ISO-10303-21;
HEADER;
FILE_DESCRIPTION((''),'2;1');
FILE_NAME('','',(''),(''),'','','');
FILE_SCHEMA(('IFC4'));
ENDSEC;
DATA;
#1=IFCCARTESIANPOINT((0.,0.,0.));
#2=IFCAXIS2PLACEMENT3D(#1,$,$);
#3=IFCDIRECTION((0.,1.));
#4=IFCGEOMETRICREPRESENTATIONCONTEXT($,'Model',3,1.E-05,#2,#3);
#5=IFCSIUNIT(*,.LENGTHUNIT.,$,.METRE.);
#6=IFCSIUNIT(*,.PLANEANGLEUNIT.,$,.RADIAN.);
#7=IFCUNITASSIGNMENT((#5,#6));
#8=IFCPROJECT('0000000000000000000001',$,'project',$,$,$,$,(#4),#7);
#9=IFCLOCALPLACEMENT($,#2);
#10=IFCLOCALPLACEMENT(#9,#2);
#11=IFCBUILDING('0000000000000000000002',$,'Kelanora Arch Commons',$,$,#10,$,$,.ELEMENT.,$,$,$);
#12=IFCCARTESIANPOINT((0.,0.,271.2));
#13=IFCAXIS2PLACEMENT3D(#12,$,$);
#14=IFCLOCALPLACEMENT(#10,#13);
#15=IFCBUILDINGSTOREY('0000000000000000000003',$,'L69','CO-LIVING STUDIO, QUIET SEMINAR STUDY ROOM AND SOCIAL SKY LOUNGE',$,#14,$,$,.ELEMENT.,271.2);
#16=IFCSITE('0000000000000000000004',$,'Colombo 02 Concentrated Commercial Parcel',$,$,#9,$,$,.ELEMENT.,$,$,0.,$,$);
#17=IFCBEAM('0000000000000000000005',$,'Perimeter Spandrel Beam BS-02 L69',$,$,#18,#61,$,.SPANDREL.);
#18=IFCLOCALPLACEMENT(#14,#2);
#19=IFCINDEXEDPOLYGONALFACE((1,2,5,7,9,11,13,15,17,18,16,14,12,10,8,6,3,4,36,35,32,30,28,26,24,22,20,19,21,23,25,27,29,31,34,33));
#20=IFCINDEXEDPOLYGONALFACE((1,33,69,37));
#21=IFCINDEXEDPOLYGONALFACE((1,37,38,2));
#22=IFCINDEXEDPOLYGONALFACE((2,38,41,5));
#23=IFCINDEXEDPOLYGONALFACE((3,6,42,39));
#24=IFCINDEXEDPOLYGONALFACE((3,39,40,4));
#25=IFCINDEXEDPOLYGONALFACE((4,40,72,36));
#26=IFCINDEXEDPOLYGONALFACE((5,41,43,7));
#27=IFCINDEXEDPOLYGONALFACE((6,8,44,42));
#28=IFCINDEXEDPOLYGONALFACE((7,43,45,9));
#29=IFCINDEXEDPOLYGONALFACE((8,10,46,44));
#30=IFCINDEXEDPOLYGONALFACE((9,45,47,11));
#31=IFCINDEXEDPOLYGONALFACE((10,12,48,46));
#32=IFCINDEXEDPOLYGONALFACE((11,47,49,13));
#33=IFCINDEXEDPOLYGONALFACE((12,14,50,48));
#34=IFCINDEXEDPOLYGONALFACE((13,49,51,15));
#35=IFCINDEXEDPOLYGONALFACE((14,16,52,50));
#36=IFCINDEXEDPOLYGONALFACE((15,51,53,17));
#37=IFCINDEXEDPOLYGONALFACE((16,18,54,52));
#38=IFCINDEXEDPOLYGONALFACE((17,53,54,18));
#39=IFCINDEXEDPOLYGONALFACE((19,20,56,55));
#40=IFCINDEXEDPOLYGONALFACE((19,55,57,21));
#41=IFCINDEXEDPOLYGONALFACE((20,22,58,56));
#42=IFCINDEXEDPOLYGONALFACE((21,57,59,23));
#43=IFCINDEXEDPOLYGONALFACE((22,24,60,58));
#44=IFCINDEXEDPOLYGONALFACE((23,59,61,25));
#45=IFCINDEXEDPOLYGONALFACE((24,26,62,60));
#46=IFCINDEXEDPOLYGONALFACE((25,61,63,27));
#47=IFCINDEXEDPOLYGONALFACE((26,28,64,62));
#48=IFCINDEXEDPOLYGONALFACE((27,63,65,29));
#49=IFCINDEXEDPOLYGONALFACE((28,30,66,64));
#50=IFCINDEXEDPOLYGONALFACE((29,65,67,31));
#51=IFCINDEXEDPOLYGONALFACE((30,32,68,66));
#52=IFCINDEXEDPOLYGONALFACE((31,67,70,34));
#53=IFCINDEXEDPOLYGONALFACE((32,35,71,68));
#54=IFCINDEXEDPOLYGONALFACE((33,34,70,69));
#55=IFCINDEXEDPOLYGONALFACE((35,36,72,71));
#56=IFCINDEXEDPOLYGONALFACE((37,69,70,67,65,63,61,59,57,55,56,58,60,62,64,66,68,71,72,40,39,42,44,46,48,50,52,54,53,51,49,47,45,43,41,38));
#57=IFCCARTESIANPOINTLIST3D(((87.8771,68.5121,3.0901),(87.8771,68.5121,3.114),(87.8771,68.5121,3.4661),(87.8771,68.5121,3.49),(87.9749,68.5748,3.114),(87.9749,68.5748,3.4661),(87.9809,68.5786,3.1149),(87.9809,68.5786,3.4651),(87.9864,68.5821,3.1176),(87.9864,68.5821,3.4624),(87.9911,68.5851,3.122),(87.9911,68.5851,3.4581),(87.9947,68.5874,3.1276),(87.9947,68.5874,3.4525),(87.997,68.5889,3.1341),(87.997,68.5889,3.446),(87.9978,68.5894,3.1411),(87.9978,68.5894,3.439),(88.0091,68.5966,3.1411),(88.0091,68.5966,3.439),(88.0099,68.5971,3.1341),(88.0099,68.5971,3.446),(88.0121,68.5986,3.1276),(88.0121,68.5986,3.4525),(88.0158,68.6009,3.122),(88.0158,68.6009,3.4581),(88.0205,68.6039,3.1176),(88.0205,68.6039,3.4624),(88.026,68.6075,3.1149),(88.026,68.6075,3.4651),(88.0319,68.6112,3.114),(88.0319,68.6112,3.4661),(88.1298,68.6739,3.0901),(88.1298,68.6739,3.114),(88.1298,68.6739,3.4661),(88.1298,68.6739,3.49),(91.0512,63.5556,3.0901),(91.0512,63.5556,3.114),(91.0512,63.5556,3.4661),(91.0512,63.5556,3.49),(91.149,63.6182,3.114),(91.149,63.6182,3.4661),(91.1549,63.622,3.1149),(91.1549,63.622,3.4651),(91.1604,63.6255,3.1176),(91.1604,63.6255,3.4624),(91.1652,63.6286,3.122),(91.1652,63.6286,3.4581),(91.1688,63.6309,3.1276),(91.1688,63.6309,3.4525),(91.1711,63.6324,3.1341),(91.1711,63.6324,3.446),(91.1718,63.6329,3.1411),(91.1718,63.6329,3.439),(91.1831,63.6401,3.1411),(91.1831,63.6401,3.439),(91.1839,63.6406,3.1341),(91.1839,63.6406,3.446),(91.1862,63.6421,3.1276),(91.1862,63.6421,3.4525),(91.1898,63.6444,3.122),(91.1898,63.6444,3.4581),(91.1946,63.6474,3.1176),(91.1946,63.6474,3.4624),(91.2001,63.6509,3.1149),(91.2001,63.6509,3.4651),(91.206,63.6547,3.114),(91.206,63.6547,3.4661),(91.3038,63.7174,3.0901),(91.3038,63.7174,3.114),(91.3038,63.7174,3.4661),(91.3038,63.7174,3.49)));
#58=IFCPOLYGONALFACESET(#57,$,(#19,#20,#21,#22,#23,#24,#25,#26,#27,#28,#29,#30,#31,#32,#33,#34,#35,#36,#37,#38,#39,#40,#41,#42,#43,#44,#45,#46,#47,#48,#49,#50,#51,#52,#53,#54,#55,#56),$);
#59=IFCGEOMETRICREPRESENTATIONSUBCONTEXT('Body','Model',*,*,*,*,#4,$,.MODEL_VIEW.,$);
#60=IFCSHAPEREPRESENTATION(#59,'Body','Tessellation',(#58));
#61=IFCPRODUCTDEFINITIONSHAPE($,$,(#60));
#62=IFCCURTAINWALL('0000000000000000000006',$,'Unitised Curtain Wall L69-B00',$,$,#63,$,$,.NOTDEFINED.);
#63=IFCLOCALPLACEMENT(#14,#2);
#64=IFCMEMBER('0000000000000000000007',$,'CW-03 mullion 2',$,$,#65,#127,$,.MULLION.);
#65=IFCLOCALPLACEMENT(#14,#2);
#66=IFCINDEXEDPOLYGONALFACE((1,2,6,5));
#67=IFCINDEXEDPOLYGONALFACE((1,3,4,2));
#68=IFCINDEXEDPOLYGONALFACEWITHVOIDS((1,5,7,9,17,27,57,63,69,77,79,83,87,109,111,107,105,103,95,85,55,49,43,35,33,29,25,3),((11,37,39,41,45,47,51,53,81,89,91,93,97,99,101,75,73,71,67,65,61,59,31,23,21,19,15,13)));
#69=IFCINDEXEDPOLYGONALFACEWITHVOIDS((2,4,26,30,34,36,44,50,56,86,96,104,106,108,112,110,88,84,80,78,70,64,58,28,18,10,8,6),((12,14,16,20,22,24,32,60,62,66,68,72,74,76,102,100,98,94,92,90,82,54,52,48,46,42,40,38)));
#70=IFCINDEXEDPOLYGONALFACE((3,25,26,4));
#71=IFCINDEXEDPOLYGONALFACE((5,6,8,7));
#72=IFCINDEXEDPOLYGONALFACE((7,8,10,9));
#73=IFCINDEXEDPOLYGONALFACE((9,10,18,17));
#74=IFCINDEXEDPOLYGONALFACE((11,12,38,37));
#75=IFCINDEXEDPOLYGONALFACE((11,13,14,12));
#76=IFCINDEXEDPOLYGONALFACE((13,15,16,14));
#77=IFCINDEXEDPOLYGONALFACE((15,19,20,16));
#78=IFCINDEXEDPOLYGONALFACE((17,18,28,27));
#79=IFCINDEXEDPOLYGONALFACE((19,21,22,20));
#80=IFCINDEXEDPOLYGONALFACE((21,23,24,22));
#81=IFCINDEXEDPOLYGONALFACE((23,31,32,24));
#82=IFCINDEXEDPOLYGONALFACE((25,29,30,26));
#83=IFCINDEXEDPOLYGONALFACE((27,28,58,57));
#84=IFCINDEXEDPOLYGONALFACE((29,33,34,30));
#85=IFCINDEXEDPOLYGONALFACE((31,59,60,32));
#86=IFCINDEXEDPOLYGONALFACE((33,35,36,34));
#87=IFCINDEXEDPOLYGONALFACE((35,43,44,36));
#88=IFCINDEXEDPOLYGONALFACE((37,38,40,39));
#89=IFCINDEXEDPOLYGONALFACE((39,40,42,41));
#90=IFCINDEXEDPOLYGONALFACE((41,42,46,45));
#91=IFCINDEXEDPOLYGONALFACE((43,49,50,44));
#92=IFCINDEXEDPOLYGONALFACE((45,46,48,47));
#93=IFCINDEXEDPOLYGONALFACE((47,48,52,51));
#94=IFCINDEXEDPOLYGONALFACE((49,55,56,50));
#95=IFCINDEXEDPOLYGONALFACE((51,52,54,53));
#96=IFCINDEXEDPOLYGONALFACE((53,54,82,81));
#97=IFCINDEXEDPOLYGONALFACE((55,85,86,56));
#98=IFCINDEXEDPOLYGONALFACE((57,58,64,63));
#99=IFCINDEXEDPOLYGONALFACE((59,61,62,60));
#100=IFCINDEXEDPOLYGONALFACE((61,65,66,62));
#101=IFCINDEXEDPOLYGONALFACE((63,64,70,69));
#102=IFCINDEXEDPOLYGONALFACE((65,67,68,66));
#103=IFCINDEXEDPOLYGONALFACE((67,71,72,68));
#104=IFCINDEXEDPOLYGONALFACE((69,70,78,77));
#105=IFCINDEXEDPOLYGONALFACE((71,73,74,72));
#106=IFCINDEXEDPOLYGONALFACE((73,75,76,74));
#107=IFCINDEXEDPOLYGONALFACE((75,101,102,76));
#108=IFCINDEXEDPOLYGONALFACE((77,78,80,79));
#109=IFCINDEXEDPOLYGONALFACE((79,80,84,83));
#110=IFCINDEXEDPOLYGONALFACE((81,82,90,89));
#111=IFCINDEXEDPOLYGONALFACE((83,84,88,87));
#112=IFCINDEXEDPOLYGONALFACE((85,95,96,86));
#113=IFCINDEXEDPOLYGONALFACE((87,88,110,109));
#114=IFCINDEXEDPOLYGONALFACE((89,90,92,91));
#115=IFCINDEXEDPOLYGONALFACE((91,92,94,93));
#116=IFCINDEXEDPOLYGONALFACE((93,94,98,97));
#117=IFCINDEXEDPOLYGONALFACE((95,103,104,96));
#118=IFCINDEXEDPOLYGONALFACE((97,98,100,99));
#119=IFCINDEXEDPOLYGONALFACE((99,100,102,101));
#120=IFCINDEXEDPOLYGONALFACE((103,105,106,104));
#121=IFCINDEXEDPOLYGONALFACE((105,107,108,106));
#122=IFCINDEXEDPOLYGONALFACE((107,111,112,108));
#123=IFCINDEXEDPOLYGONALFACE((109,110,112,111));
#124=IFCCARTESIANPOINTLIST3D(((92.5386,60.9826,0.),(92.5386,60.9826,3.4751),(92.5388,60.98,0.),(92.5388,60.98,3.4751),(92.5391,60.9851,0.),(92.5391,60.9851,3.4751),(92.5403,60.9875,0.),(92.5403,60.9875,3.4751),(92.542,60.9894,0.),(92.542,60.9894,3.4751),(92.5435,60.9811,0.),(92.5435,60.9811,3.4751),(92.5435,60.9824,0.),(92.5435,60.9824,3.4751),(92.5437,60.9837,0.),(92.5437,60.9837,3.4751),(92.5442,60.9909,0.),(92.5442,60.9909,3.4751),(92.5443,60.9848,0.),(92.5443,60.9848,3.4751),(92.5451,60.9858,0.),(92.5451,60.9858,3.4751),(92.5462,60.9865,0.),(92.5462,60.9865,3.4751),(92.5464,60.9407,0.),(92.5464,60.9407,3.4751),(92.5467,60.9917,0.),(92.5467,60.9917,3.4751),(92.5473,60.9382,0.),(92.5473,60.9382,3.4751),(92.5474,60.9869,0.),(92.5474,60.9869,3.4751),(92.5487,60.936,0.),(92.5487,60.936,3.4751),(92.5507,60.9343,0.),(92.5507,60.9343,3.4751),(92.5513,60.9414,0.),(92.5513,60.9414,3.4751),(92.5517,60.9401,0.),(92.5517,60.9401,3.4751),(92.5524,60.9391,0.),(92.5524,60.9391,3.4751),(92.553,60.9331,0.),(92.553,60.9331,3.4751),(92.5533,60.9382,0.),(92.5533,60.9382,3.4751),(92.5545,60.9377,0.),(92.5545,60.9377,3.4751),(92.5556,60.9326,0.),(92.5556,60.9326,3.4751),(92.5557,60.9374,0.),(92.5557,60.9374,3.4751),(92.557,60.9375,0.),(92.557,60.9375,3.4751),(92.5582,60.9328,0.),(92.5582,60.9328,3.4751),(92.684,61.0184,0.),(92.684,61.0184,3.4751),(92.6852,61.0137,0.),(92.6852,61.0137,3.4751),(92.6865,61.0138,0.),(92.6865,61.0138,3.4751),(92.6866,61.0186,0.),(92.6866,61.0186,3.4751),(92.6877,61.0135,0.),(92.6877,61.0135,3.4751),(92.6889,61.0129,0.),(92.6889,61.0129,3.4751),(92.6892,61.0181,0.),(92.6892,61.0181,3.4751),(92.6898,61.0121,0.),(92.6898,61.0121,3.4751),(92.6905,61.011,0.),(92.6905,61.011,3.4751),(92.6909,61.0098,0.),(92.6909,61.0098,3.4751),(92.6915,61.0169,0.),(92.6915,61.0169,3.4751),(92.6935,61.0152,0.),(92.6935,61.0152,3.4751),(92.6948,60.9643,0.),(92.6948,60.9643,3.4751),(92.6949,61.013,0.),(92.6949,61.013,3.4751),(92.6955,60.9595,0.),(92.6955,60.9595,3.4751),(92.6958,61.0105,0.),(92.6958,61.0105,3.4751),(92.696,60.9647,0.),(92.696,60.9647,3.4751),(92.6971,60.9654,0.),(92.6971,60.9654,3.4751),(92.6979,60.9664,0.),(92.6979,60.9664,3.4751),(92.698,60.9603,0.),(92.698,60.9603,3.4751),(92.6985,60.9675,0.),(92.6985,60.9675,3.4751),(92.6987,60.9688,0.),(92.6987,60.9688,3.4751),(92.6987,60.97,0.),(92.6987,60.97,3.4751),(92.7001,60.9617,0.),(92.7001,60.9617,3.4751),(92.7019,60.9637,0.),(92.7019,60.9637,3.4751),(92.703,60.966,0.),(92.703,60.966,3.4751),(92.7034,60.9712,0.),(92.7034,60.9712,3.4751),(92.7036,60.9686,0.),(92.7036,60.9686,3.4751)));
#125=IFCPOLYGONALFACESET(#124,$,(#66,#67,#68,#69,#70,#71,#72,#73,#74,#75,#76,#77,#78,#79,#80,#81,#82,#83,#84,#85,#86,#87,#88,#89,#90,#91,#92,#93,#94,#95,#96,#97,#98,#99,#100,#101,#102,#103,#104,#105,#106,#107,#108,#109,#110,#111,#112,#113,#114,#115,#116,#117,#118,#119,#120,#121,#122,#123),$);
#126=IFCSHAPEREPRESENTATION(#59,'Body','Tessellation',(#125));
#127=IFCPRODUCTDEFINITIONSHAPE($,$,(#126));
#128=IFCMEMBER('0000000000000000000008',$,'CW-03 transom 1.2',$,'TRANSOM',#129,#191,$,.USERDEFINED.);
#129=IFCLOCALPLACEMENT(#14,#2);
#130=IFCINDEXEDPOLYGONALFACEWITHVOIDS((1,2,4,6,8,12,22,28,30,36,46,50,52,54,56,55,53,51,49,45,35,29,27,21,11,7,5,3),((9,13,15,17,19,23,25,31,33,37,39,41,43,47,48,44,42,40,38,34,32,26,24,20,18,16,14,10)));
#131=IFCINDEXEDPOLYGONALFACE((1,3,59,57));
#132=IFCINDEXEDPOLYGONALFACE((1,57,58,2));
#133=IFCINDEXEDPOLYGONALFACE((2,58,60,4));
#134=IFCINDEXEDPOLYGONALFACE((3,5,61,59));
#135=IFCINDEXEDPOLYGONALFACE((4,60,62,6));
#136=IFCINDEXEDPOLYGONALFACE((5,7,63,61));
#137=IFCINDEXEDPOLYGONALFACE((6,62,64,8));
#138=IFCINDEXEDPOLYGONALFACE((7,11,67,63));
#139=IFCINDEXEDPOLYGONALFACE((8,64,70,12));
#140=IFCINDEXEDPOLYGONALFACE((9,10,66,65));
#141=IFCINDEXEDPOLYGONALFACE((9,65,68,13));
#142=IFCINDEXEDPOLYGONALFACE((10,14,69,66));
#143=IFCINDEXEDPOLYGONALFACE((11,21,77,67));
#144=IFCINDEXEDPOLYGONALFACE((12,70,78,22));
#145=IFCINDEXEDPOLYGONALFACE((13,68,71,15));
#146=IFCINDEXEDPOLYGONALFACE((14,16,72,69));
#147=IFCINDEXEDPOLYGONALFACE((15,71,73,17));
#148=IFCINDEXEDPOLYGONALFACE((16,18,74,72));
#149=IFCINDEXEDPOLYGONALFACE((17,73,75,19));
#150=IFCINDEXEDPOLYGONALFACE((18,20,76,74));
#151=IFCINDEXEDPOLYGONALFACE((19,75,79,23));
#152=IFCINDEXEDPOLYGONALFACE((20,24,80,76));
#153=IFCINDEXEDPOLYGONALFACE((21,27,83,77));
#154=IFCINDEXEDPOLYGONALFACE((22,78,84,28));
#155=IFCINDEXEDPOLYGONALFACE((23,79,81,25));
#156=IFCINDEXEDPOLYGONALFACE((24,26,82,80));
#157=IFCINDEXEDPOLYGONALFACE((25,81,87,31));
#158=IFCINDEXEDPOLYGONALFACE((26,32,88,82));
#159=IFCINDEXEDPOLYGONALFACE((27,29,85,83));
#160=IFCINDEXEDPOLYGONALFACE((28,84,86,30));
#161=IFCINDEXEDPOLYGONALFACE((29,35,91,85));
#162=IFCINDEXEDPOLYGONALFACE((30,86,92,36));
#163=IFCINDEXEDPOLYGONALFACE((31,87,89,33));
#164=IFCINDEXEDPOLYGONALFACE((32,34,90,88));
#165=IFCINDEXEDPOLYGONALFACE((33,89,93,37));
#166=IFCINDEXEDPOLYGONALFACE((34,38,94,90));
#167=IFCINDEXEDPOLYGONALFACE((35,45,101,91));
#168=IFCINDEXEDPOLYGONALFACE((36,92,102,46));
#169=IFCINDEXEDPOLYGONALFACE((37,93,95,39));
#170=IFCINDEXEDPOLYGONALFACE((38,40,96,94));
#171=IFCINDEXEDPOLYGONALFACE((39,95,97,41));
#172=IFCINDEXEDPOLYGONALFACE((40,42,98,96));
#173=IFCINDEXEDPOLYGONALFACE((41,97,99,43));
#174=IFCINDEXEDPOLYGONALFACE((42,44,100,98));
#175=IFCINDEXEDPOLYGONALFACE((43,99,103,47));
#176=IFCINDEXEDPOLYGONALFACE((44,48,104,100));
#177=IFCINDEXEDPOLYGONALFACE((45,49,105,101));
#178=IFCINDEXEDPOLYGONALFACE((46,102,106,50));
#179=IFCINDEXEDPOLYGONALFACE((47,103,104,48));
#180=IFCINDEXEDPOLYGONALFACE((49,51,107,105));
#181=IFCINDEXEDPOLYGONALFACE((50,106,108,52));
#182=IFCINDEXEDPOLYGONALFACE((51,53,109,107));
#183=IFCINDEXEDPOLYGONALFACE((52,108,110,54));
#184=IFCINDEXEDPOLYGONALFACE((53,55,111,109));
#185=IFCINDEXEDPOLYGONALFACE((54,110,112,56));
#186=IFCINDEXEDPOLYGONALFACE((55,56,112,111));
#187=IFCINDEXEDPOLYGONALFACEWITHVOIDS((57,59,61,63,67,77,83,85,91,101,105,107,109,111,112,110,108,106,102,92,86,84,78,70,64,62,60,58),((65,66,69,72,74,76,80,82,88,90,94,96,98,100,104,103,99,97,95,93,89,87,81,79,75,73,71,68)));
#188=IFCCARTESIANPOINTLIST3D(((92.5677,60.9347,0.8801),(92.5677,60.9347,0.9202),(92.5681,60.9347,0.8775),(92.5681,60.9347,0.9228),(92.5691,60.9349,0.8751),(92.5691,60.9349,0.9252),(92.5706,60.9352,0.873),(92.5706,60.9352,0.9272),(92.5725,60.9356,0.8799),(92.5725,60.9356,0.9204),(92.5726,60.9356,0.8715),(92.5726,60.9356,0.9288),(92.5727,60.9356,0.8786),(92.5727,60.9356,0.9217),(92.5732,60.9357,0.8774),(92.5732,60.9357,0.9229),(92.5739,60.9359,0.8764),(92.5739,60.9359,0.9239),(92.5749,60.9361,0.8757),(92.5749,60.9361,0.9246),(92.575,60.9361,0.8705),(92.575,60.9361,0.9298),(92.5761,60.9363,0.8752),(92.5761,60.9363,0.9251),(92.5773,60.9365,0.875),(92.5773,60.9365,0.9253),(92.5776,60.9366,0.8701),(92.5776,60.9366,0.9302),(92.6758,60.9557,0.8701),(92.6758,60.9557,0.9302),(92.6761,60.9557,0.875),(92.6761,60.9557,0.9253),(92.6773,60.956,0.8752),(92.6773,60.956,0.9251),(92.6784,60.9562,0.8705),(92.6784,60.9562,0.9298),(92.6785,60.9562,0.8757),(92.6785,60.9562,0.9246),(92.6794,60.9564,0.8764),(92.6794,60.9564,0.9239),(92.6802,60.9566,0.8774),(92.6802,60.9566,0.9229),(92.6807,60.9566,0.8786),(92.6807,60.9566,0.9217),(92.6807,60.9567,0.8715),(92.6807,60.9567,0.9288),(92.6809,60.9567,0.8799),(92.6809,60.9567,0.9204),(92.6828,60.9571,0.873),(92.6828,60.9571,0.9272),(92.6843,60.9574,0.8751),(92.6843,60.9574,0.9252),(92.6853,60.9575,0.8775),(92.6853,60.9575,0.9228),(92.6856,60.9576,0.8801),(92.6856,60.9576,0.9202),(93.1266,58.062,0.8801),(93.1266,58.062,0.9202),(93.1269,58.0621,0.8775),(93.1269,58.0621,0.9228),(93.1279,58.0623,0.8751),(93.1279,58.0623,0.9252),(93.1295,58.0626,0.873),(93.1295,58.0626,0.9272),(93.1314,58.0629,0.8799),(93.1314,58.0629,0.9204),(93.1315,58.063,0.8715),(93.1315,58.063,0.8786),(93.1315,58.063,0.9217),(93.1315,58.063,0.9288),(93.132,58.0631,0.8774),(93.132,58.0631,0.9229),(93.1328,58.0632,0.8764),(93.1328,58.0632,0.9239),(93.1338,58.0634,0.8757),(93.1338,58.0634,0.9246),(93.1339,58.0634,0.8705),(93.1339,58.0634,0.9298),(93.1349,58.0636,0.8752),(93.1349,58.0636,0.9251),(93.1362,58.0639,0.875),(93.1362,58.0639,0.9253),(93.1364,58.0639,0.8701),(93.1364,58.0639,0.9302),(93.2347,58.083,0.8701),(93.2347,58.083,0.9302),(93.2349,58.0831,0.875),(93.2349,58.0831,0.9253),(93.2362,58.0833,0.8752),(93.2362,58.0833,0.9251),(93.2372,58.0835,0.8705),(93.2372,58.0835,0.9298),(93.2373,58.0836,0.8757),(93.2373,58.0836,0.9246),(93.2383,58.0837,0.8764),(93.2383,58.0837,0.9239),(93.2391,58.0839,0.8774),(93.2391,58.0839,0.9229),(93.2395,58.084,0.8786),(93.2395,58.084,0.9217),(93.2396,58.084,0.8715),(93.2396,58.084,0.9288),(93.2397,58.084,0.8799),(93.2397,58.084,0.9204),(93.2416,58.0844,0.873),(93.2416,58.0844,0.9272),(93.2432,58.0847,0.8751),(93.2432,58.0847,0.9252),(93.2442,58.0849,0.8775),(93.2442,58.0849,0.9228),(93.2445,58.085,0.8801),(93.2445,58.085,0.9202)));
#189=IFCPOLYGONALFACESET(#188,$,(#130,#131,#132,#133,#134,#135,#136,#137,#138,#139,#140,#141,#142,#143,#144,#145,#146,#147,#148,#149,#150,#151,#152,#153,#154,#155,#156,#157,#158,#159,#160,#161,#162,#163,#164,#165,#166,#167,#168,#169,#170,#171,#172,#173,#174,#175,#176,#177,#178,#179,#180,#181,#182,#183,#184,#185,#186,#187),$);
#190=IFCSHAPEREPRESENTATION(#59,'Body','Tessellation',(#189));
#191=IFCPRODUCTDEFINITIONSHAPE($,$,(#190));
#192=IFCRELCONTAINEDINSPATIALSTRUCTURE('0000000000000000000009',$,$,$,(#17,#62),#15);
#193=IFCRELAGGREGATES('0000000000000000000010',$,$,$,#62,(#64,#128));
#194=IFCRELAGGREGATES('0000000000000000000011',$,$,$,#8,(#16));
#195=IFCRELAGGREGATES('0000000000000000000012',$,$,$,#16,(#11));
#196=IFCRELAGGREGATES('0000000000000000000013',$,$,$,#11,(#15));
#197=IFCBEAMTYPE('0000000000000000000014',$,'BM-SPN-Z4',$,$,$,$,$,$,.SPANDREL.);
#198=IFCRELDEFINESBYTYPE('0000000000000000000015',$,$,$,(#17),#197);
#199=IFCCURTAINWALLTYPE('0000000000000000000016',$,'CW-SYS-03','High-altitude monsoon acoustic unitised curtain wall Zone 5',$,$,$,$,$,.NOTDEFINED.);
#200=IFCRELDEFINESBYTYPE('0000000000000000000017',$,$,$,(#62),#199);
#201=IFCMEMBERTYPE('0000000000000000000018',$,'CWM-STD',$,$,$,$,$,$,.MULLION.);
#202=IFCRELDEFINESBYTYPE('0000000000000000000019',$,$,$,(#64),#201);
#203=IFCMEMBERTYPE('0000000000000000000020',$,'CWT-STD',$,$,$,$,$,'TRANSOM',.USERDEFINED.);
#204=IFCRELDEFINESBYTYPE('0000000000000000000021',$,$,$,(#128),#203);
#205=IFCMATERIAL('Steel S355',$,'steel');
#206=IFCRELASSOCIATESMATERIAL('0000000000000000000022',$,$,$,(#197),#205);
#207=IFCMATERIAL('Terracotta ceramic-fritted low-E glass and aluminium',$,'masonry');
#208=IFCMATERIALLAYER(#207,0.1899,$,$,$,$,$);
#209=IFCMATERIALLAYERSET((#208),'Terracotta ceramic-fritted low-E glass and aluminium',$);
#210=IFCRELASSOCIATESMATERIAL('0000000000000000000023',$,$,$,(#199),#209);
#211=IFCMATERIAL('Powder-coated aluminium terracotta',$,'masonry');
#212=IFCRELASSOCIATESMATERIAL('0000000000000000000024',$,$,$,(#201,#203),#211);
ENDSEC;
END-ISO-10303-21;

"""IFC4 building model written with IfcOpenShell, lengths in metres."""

from ifc_helpers import new_model, si_unit, direction, frame, origin, origin_2d, place, context, subcontext, project, spatial, hollow_rectangle, i_section, extrude, material, layer, layer_set, material_profile, profile_set, type_object, element, aggregate, save


model = new_model("IFC4")

# Units and contexts
model_context = context("Model", 3, precision=1e-05, world=origin(), true_north=direction((0.0, 1.0)))
body_context = subcontext(model_context, "Body", "Model", "MODEL_VIEW")
ifc_project = project(units=[si_unit("LENGTHUNIT", "METRE"), si_unit("PLANEANGLEUNIT", "RADIAN")], contexts=[model_context])

# Site, building, storey
site_placement = place(None, origin())
site = spatial("IfcSite", under=ifc_project, at=site_placement, Name="Colombo 02 Concentrated Commercial Parcel", CompositionType="ELEMENT", RefElevation=0.0)
building_placement = place(site_placement, origin())
building = spatial("IfcBuilding", under=site, at=building_placement, Name="Kelanora Arch Commons", CompositionType="ELEMENT")
storey_placement = place(building_placement, frame((0.0, 0.0, 271.2)))
storey = spatial("IfcBuildingStorey", under=building, at=storey_placement, Name="L69", Description="CO-LIVING STUDIO, QUIET SEMINAR STUDY ROOM AND SOCIAL SKY LOUNGE", CompositionType="ELEMENT", Elevation=271.2)

# Beam
ifc_material_1 = material(Name="Steel S355", Category="steel")
ifc_material_profile_1 = material_profile(ifc_material_1, i_section(OverallWidth=0.3, OverallDepth=0.3999, WebThickness=0.0134, FlangeThickness=0.0239, FilletRadius=0.0271, at=origin_2d()), Name="HEB400")
ifc_profile_set_1 = profile_set([ifc_material_profile_1], Name="Steel S355")
beam_type_1 = type_object("IfcBeamType", Name="BM-SPN-Z4", PredefinedType="SPANDREL", material=ifc_profile_set_1)
beam_1_placement = place(storey_placement, frame((91.1775, 63.6365, 3.29), z_axis=(-0.539281, 0.842126, 0.0), x_axis=(-0.842126, -0.539281, 0.0)))
element("IfcBeam", 1, at=beam_1_placement, inside=storey, type_object=beam_type_1, Name="Perimeter Spandrel Beam BS-02 L69", PredefinedType="SPANDREL", context=body_context, shape_type="SweptSolid", body=[
    extrude(i_section(OverallWidth=0.3, OverallDepth=0.3999, WebThickness=0.0134, FlangeThickness=0.0239, FilletRadius=0.0271, at=origin_2d()), origin(), (0.0, 0.0, 1.0), 5.8857),
])

# Curtain wall, members
ifc_material_2 = material(Name="Terracotta ceramic-fritted low-E glass and aluminium", Category="masonry")
ifc_layer_1 = layer(ifc_material_2, 0.1899)
ifc_layer_set_1 = layer_set([ifc_layer_1], Name="Terracotta ceramic-fritted low-E glass and aluminium")
curtain_wall_type = type_object("IfcCurtainWallType", Name="CW-SYS-03", Description="High-altitude monsoon acoustic unitised curtain wall Zone 5", PredefinedType="NOTDEFINED", material=ifc_layer_set_1)
curtain_wall_placement = place(storey_placement, origin())
curtain_wall = element("IfcCurtainWall", 2, at=curtain_wall_placement, inside=storey, type_object=curtain_wall_type, Name="Unitised Curtain Wall L69-B00", PredefinedType="NOTDEFINED")
ifc_material_3 = material(Name="Powder-coated aluminium terracotta", Category="masonry")
ifc_material_profile_2 = material_profile(ifc_material_3, hollow_rectangle(XDim=0.1599, YDim=0.0601, WallThickness=0.0049, InnerFilletRadius=0.0049, OuterFilletRadius=0.01, at=origin_2d()), Name="CWM160x60")
ifc_profile_set_2 = profile_set([ifc_material_profile_2], Name="Powder-coated aluminium terracotta")
member_type_1 = type_object("IfcMemberType", Name="CWM-STD", PredefinedType="MULLION", material=ifc_profile_set_2)
member_1_placement = place(storey_placement, frame((92.6211, 60.9756, 0.0), z_axis=(0.0, 0.0, 1.0), x_axis=(-0.981596, -0.190972, 0.0)))
member_1 = element("IfcMember", 3, at=member_1_placement, type_object=member_type_1, Name="CW-03 mullion 2", PredefinedType="MULLION", context=body_context, shape_type="SweptSolid", body=[
    extrude(hollow_rectangle(XDim=0.1599, YDim=0.0601, WallThickness=0.0049, InnerFilletRadius=0.0049, OuterFilletRadius=0.01, at=origin_2d()), origin(), (0.0, 0.0, 1.0), 3.4751),
])
ifc_material_profile_3 = material_profile(ifc_material_3, hollow_rectangle(XDim=0.1201, YDim=0.0601, WallThickness=0.0049, InnerFilletRadius=0.0049, OuterFilletRadius=0.01, at=origin_2d()), Name="CWT120x60")
ifc_profile_set_3 = profile_set([ifc_material_profile_3], Name="Powder-coated aluminium terracotta")
member_type_2 = type_object("IfcMemberType", Name="CWT-STD", ElementType="TRANSOM", PredefinedType="USERDEFINED", material=ifc_profile_set_3)
member_2_placement = place(storey_placement, frame((93.1855, 58.0735, 0.9001), z_axis=(-0.190963, 0.981597, 0.0), x_axis=(-0.981597, -0.190963, 0.0)))
member_2 = element("IfcMember", 4, at=member_2_placement, type_object=member_type_2, Name="CW-03 transom 1.2", ObjectType="TRANSOM", PredefinedType="USERDEFINED", context=body_context, shape_type="SweptSolid", body=[
    extrude(hollow_rectangle(XDim=0.1201, YDim=0.0601, WallThickness=0.0049, InnerFilletRadius=0.0049, OuterFilletRadius=0.01, at=origin_2d()), origin(), (0.0, 0.0, 1.0), 2.9265),
])
aggregate(curtain_wall, [member_1, member_2])

save(model, "model.ifc")
